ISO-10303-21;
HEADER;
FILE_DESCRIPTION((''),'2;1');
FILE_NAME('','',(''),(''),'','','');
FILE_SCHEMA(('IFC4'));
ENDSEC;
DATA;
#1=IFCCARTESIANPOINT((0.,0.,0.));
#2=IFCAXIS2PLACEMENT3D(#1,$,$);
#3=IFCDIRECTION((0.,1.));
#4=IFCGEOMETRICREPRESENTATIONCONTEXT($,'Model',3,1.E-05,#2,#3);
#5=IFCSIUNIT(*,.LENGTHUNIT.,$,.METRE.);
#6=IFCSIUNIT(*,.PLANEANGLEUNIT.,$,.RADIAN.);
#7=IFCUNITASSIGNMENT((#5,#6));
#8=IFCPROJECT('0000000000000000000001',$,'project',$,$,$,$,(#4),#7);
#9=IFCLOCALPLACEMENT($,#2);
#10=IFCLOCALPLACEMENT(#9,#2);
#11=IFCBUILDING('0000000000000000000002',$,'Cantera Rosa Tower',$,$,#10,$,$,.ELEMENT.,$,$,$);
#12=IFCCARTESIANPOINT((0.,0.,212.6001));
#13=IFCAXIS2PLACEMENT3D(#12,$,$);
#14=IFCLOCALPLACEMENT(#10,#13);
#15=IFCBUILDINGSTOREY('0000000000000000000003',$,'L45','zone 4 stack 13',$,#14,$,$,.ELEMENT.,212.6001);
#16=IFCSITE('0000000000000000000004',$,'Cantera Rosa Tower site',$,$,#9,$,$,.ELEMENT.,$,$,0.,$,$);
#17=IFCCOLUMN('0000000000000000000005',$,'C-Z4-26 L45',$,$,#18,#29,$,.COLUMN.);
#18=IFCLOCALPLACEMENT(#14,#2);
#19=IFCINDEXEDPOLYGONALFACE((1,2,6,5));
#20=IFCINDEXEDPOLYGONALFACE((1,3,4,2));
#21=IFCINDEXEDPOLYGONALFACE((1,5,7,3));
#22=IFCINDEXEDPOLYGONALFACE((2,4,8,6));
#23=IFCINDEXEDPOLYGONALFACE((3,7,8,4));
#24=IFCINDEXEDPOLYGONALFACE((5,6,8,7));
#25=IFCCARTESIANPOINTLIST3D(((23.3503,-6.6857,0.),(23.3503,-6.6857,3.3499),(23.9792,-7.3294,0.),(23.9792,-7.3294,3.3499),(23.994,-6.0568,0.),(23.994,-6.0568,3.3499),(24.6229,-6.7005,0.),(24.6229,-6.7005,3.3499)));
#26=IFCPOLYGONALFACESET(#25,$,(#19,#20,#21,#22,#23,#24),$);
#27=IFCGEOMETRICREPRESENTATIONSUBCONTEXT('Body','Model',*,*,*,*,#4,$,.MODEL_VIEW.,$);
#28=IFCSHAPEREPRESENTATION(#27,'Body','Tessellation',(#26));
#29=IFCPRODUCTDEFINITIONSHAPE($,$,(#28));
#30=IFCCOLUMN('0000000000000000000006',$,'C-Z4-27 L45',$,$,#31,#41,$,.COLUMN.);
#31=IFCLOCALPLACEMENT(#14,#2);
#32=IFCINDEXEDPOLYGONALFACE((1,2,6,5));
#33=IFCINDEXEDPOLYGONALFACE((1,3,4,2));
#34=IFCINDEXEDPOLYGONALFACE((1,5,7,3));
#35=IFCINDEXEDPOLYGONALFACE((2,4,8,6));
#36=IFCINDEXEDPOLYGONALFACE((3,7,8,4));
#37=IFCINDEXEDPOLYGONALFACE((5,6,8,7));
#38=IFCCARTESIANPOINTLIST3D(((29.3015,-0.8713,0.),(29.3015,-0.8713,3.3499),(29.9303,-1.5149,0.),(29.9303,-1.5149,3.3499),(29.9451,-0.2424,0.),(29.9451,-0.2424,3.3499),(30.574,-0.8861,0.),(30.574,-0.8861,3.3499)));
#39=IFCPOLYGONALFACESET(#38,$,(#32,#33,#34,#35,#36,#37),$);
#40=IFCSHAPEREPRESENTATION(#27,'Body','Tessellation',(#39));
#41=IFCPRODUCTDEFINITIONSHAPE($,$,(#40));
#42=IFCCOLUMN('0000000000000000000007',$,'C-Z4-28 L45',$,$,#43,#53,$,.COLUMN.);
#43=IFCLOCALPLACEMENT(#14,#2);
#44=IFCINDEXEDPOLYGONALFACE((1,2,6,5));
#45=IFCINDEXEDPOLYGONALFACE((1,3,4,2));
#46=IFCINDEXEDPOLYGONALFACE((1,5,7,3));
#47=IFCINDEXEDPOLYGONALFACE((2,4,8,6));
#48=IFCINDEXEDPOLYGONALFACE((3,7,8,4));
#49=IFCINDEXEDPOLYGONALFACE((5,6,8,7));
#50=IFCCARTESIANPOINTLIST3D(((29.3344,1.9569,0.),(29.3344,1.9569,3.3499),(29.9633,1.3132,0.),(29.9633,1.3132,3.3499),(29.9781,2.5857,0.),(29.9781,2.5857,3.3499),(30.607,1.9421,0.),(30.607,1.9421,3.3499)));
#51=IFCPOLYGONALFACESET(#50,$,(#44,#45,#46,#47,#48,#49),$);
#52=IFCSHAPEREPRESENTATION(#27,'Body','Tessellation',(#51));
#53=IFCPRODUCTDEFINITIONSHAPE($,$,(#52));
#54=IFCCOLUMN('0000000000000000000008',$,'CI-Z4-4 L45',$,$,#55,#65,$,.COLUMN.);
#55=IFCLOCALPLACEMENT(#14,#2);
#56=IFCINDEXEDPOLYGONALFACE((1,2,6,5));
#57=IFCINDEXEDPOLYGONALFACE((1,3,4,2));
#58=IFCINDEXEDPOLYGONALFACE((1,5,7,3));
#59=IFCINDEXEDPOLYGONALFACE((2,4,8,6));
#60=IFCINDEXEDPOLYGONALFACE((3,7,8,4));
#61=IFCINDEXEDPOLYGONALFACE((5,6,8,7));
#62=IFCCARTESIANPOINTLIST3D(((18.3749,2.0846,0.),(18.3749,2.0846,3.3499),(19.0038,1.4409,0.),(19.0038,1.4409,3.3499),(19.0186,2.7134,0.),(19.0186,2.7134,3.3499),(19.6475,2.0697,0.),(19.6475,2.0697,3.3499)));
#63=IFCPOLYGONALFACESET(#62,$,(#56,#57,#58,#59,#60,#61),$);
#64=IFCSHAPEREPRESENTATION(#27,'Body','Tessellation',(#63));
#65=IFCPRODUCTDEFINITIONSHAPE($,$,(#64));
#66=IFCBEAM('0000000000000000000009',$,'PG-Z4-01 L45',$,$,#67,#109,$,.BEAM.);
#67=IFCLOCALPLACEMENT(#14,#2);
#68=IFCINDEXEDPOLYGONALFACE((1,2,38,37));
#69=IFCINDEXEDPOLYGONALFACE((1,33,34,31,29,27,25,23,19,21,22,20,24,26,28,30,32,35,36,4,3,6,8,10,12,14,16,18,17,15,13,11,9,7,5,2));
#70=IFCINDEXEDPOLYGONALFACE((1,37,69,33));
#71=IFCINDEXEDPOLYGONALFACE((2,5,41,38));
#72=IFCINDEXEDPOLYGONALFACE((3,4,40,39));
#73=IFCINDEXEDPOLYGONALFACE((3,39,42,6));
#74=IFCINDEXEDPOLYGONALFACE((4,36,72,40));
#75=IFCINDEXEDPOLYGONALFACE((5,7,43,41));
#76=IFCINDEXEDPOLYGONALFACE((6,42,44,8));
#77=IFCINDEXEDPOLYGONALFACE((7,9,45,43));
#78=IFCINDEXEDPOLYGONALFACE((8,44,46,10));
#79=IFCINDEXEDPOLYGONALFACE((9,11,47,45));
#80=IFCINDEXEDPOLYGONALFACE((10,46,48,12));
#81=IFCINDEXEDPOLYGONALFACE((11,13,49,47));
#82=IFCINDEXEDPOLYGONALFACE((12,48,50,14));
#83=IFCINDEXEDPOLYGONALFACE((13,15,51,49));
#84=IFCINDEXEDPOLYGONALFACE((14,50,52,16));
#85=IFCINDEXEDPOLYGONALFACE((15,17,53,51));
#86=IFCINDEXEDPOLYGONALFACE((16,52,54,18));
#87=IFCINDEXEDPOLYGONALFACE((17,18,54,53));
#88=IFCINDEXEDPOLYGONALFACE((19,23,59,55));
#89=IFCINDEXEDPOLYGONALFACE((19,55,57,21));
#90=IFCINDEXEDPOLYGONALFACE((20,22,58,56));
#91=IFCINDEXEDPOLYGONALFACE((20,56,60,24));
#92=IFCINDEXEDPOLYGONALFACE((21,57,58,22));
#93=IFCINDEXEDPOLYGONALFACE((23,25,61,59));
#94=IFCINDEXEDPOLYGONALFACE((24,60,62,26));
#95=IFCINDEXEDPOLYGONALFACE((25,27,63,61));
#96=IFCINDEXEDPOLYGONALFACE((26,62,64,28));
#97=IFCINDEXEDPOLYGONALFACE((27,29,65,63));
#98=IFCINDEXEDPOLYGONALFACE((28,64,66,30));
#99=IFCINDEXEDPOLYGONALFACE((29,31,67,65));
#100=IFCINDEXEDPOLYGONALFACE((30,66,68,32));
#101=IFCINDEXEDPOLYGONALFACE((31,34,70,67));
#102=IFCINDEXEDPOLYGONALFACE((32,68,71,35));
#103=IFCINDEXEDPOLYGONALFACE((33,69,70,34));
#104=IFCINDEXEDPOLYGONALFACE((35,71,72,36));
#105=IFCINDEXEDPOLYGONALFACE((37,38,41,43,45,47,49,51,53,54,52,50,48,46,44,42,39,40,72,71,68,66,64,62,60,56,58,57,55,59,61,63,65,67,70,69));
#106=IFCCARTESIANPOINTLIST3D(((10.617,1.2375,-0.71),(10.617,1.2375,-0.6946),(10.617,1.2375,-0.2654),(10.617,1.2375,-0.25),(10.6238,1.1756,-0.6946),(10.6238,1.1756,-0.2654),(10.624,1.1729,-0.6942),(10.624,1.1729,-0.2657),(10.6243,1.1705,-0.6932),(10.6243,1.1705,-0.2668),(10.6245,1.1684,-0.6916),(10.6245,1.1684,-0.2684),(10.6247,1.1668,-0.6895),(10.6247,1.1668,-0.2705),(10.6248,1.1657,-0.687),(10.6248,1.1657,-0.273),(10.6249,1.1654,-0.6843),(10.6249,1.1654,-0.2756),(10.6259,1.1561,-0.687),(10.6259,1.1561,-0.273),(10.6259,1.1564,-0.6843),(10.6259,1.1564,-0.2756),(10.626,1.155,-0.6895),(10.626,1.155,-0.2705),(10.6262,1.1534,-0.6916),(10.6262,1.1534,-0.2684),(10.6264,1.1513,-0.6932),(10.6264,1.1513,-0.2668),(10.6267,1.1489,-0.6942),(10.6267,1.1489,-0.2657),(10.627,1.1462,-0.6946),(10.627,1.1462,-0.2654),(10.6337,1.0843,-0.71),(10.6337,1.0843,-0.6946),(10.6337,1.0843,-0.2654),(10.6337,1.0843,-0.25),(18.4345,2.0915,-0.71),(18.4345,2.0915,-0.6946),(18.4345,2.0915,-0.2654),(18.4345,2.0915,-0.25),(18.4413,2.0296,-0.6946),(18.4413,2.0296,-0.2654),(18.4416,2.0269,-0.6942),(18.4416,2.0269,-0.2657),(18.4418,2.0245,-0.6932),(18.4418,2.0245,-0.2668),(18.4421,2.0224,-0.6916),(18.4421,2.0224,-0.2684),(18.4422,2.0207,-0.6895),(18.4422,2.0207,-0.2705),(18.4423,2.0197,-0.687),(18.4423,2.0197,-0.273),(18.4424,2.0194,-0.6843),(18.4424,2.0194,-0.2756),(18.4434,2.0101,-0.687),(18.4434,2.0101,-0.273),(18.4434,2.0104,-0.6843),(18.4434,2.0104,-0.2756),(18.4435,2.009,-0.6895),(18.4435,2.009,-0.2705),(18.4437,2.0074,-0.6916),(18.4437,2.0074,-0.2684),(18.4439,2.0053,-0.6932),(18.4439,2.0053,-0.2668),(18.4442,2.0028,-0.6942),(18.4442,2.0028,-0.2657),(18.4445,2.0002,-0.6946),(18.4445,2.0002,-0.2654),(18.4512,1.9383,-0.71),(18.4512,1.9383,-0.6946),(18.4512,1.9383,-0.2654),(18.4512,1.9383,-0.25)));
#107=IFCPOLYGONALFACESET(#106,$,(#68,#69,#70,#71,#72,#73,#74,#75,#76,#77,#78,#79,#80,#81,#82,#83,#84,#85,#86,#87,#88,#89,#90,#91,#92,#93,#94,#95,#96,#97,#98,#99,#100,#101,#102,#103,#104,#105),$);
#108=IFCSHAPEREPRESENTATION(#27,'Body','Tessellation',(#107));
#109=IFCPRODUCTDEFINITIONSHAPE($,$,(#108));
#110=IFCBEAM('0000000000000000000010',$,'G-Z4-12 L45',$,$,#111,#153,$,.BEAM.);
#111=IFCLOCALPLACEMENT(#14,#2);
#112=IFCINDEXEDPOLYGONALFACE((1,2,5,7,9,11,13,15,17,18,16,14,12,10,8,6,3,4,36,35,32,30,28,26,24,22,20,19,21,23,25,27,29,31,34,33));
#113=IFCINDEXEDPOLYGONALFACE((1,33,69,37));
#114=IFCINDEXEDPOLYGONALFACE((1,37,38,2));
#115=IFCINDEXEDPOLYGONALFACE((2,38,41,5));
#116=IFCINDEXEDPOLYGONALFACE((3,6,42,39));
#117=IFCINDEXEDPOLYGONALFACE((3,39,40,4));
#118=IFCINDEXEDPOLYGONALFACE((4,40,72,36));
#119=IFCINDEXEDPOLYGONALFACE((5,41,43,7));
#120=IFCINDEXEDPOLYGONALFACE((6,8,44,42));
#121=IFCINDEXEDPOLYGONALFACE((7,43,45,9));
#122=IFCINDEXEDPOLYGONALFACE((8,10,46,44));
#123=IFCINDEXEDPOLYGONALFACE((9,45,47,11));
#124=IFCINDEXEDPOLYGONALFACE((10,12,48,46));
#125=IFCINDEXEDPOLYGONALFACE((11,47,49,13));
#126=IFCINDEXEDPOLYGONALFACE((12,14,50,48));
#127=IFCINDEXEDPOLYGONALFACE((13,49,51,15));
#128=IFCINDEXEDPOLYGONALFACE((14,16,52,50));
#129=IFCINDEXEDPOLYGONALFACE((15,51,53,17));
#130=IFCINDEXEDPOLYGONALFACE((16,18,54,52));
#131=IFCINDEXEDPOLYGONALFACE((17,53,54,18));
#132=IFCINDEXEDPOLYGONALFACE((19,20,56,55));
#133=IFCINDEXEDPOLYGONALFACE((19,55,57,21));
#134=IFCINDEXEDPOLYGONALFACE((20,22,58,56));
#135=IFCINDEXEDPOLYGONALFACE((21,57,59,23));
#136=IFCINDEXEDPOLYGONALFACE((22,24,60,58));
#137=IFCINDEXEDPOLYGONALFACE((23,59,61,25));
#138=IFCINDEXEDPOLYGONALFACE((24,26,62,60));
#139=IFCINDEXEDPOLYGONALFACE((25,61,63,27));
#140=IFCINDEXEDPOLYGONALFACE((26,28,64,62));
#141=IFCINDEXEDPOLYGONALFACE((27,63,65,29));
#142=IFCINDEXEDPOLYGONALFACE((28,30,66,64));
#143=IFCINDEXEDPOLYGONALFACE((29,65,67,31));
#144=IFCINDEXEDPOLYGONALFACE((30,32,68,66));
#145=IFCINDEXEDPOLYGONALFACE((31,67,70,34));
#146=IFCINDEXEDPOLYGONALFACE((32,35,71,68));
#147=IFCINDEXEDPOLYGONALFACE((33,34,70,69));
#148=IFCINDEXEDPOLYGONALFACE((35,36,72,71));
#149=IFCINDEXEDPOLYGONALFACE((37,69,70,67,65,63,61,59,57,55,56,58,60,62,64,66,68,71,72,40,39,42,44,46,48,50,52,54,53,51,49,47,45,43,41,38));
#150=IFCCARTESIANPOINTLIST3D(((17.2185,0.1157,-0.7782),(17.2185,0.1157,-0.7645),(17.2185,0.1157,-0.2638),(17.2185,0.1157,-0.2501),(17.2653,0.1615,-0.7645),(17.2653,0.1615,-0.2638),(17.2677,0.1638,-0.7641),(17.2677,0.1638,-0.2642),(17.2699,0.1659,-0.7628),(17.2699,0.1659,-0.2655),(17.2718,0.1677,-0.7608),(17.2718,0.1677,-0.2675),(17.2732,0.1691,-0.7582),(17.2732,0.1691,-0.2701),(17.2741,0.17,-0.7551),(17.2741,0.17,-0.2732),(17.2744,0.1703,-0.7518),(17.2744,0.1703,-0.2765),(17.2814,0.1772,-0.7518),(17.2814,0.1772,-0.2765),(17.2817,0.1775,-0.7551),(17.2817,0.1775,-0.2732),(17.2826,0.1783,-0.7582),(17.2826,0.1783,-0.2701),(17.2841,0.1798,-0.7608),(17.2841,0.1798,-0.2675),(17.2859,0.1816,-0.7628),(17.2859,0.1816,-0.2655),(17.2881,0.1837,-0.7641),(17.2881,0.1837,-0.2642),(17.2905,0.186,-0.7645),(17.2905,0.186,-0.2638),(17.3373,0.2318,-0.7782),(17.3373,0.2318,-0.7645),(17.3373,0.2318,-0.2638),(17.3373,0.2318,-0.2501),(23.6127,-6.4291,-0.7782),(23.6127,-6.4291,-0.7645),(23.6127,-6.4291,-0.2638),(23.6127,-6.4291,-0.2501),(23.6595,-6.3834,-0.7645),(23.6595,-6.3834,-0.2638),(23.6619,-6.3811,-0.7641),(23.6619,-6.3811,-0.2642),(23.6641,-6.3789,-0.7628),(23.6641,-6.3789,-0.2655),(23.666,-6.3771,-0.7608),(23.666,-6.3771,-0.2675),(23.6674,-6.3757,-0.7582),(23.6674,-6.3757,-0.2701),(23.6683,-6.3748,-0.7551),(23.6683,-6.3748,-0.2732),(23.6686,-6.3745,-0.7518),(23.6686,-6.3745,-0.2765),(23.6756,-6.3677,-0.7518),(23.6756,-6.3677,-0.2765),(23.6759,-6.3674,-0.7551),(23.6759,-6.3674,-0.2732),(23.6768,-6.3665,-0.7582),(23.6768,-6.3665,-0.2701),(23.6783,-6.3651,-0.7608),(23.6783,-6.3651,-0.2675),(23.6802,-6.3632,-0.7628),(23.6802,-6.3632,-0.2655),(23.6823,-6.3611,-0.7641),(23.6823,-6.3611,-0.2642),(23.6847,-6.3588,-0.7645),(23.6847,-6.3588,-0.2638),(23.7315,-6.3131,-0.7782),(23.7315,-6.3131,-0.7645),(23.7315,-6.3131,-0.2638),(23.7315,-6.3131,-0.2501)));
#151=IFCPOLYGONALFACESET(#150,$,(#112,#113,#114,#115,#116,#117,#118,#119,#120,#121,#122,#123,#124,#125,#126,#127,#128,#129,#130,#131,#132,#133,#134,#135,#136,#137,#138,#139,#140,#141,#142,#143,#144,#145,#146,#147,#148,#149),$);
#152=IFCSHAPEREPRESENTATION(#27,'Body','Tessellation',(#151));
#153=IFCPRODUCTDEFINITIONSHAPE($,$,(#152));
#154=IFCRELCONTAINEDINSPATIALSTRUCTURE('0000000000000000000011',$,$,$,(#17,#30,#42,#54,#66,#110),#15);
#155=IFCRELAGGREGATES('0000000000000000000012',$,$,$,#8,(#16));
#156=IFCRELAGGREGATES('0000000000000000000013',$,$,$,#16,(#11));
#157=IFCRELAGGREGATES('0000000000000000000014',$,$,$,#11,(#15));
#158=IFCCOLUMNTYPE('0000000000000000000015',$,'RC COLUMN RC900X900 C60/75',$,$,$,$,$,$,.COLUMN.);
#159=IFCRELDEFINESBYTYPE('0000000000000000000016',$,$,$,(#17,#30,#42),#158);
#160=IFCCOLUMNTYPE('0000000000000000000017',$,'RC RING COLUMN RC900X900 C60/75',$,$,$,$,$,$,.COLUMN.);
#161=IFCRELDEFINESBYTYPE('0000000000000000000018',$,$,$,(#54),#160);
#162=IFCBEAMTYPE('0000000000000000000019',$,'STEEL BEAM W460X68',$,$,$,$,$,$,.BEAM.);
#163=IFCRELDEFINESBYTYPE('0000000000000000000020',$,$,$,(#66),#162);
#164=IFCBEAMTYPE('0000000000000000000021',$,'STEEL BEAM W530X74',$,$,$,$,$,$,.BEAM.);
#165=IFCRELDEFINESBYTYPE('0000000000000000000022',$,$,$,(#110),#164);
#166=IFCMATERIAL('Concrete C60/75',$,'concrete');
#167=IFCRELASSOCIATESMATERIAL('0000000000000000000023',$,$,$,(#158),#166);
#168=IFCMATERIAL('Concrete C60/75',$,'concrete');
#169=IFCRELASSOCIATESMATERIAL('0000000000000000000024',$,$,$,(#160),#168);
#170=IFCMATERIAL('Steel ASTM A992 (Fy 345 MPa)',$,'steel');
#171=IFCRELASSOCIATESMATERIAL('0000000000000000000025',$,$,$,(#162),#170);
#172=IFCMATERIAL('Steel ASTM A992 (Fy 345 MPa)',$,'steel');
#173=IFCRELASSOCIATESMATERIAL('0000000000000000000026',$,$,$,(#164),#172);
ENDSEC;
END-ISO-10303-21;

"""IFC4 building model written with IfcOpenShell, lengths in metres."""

from ifc_helpers import new_model, si_unit, direction, frame, origin, origin_2d, place, context, subcontext, project, spatial, rectangle, i_section, extrude, material, material_profile, profile_set, type_object, element, save


model = new_model("IFC4")

# Units and contexts
model_context = context("Model", 3, precision=1e-05, world=origin(), true_north=direction((0.0, 1.0)))
body_context = subcontext(model_context, "Body", "Model", "MODEL_VIEW")
ifc_project = project(units=[si_unit("LENGTHUNIT", "METRE"), si_unit("PLANEANGLEUNIT", "RADIAN")], contexts=[model_context])

# Site, building, storey
site_placement = place(None, origin())
site = spatial("IfcSite", under=ifc_project, at=site_placement, Name="Cantera Rosa Tower site", CompositionType="ELEMENT", RefElevation=0.0)
building_placement = place(site_placement, origin())
building = spatial("IfcBuilding", under=site, at=building_placement, Name="Cantera Rosa Tower", CompositionType="ELEMENT")
storey_placement = place(building_placement, frame((0.0, 0.0, 212.6001)))
storey = spatial("IfcBuildingStorey", under=building, at=storey_placement, Name="L45", Description="zone 4 stack 13", CompositionType="ELEMENT", Elevation=212.6001)

# Columns
ifc_material_1 = material(Name="Concrete C60/75", Category="concrete")
ifc_material_profile_1 = material_profile(ifc_material_1, rectangle(XDim=0.8999, YDim=0.8999, at=origin_2d()), Name="RC COLUMN RC900X900 C60/75")
ifc_profile_set_1 = profile_set([ifc_material_profile_1], Name="Concrete C60/75")
column_type_1 = type_object("IfcColumnType", Name="RC COLUMN RC900X900 C60/75", PredefinedType="COLUMN", material=ifc_profile_set_1)
for number, where, z_axis, x_axis, name in (
    (1, (23.9866, -6.6931, 0.0), (0.0, 0.0, 1.0), (0.715286, 0.698832, 0.0), "C-Z4-26 L45"),
    (2, (29.9377, -0.8787, 0.0), (0.0, 0.0, 1.0), (0.715286, 0.698832, 0.0), "C-Z4-27 L45"),
    (3, (29.9707, 1.9495, 0.0), (0.0, 0.0, 1.0), (0.715286, 0.698832, 0.0), "C-Z4-28 L45"),
):
    element("IfcColumn", number, at=place(storey_placement, frame(where, z_axis=z_axis, x_axis=x_axis)), inside=storey, type_object=column_type_1, Name=name, PredefinedType="COLUMN", context=body_context, shape_type="SweptSolid", body=[
        extrude(rectangle(XDim=0.8999, YDim=0.8999, at=origin_2d()), origin(), (0.0, 0.0, 1.0), 3.3499),
    ])
ifc_material_2 = material(Name="Concrete C60/75", Category="concrete")
ifc_material_profile_2 = material_profile(ifc_material_2, rectangle(XDim=0.8999, YDim=0.8999, at=origin_2d()), Name="RC RING COLUMN RC900X900 C60/75")
ifc_profile_set_2 = profile_set([ifc_material_profile_2], Name="Concrete C60/75")
column_type_2 = type_object("IfcColumnType", Name="RC RING COLUMN RC900X900 C60/75", PredefinedType="COLUMN", material=ifc_profile_set_2)
column_placement = place(storey_placement, frame((19.0112, 2.0771, 0.0), z_axis=(0.0, 0.0, 1.0), x_axis=(0.715286, 0.698832, 0.0)))
element("IfcColumn", 4, at=column_placement, inside=storey, type_object=column_type_2, Name="CI-Z4-4 L45", PredefinedType="COLUMN", context=body_context, shape_type="SweptSolid", body=[
    extrude(rectangle(XDim=0.8999, YDim=0.8999, at=origin_2d()), origin(), (0.0, 0.0, 1.0), 3.3499),
])

# Beams
ifc_material_3 = material(Name="Steel ASTM A992 (Fy 345 MPa)", Category="steel")
ifc_material_profile_3 = material_profile(ifc_material_3, i_section(OverallWidth=0.1541, OverallDepth=0.46, WebThickness=0.009, FlangeThickness=0.0154, FilletRadius=0.0103, at=origin_2d()), Name="W460X68")
ifc_profile_set_3 = profile_set([ifc_material_profile_3], Name="Steel ASTM A992 (Fy 345 MPa)")
beam_type_1 = type_object("IfcBeamType", Name="STEEL BEAM W460X68", PredefinedType="BEAM", material=ifc_profile_set_3)
beam_1_placement = place(storey_placement, frame((18.4429, 2.0149, -0.48), z_axis=(-0.994086, -0.108595, 0.0), x_axis=(0.108595, -0.994086, 0.0)))
element("IfcBeam", 5, at=beam_1_placement, inside=storey, type_object=beam_type_1, Name="PG-Z4-01 L45", PredefinedType="BEAM", context=body_context, shape_type="SweptSolid", body=[
    extrude(i_section(OverallWidth=0.1541, OverallDepth=0.46, WebThickness=0.009, FlangeThickness=0.0154, FilletRadius=0.0103, at=origin_2d()), origin(), (0.0, 0.0, 1.0), 7.864),
])
ifc_material_4 = material(Name="Steel ASTM A992 (Fy 345 MPa)", Category="steel")
ifc_material_profile_4 = material_profile(ifc_material_4, i_section(OverallWidth=0.166, OverallDepth=0.5281, WebThickness=0.0098, FlangeThickness=0.0137, FilletRadius=0.0127, at=origin_2d()), Name="W530X74")
ifc_profile_set_4 = profile_set([ifc_material_profile_4], Name="Steel ASTM A992 (Fy 345 MPa)")
beam_type_2 = type_object("IfcBeamType", Name="STEEL BEAM W530X74", PredefinedType="BEAM", material=ifc_profile_set_4)
beam_2_placement = place(storey_placement, frame((23.6721, -6.3711, -0.5142), z_axis=(-0.698827, 0.71529, 0.0), x_axis=(-0.71529, -0.698827, 0.0)))
element("IfcBeam", 6, at=beam_2_placement, inside=storey, type_object=beam_type_2, Name="G-Z4-12 L45", PredefinedType="BEAM", context=body_context, shape_type="SweptSolid", body=[
    extrude(i_section(OverallWidth=0.166, OverallDepth=0.5281, WebThickness=0.0098, FlangeThickness=0.0137, FilletRadius=0.0127, at=origin_2d()), origin(), (0.0, 0.0, 1.0), 9.1499),
])

save(model, "model.ifc")
